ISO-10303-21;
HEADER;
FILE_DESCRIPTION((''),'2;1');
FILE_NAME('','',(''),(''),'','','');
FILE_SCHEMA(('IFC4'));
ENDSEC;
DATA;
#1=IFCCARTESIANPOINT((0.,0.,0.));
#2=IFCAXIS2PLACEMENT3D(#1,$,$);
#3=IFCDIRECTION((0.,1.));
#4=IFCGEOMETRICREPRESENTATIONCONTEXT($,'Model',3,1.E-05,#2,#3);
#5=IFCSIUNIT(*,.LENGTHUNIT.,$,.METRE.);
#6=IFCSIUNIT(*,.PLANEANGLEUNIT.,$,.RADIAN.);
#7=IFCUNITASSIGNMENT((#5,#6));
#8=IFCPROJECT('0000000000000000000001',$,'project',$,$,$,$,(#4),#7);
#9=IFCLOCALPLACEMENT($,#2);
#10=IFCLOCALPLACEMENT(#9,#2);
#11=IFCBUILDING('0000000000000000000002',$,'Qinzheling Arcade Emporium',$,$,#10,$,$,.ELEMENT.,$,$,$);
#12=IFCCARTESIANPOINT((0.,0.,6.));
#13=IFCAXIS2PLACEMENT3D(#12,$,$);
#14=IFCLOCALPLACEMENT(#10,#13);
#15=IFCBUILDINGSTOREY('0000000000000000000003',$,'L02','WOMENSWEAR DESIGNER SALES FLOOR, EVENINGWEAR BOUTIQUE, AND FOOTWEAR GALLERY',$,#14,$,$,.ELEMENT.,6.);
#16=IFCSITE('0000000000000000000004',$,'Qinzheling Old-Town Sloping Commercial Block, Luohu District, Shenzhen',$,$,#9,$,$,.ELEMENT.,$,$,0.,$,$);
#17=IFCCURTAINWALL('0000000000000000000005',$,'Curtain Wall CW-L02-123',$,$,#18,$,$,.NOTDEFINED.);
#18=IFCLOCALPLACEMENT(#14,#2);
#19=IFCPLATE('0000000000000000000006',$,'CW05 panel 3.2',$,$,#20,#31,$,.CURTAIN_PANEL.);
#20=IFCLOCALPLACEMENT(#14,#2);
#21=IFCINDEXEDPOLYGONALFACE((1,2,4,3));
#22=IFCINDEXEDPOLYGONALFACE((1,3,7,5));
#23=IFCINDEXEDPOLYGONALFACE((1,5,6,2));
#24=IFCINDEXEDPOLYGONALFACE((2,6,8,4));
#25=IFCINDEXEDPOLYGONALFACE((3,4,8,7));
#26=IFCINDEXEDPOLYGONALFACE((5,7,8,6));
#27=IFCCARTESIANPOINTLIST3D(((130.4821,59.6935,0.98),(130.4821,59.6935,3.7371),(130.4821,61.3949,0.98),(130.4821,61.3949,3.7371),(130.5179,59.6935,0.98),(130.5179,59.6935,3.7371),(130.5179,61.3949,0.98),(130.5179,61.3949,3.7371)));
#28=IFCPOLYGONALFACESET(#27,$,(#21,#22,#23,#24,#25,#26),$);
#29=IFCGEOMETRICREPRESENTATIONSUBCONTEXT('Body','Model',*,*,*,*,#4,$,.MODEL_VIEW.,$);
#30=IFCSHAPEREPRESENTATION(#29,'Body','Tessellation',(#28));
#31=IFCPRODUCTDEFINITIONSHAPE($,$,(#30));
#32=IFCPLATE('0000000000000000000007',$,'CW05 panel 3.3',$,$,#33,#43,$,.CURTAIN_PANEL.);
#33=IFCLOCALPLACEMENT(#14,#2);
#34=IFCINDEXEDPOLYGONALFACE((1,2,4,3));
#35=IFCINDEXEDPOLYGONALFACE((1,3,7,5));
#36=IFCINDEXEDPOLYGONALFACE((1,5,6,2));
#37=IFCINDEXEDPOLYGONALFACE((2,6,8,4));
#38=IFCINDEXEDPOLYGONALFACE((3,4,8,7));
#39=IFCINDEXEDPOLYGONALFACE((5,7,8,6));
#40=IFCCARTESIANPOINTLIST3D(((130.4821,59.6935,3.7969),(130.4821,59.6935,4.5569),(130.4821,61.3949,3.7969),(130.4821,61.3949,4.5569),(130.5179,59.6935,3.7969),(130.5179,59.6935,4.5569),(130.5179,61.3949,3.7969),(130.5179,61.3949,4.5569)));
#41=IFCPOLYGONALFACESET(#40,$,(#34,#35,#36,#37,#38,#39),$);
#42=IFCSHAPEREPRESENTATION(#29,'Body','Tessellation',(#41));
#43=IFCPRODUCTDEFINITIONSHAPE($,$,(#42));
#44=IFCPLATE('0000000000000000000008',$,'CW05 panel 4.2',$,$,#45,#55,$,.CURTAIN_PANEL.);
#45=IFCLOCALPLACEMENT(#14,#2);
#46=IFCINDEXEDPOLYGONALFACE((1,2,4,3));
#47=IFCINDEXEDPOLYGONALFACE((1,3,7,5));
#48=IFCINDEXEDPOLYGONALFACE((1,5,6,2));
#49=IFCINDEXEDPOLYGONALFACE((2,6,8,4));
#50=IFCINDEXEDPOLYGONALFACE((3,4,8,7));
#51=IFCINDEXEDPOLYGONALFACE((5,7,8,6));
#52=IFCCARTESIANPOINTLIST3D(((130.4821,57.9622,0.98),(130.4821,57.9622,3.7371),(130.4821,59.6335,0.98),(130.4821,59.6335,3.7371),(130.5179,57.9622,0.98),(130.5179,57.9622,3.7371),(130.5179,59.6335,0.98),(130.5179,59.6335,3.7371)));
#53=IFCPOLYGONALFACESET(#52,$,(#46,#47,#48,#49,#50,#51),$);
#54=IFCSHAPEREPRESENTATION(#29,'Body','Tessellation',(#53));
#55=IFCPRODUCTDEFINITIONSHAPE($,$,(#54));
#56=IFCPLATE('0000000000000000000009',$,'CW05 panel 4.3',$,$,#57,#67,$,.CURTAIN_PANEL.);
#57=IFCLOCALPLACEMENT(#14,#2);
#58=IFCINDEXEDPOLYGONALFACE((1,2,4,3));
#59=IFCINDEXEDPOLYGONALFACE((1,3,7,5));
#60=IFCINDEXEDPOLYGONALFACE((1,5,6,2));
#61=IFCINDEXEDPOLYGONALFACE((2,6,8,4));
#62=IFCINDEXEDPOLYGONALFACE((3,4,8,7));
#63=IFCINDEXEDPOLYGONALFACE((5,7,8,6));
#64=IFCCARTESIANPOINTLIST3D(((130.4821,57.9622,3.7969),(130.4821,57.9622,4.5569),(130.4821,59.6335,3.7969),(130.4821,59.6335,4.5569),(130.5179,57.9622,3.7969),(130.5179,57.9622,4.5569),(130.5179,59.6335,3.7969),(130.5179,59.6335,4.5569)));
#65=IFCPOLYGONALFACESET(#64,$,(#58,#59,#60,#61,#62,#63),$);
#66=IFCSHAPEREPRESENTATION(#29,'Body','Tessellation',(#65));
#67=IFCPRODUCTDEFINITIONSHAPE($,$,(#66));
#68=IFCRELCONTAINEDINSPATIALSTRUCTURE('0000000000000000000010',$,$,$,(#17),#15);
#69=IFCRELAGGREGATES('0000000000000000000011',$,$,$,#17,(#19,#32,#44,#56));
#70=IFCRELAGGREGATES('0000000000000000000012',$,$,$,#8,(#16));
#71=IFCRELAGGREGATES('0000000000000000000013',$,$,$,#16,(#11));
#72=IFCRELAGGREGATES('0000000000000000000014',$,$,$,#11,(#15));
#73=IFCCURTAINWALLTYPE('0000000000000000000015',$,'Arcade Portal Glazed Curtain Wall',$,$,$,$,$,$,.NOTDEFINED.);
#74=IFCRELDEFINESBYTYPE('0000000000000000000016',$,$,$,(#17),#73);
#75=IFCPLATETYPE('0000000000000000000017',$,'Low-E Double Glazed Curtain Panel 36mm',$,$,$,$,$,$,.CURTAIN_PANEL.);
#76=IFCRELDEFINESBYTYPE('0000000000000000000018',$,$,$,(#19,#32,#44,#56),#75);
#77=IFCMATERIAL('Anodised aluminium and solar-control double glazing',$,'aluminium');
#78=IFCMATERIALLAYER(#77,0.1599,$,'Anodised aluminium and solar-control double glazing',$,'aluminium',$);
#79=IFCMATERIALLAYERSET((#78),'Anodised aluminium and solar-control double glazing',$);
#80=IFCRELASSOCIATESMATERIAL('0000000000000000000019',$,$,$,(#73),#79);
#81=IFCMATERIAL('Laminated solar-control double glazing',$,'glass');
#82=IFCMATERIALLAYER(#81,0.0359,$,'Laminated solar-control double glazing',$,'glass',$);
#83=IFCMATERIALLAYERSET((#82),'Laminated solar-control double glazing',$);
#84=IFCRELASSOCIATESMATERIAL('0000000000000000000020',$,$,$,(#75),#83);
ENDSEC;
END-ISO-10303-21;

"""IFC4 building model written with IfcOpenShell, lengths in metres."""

from ifc_helpers import new_model, si_unit, direction, frame, origin, origin_2d, place, context, subcontext, project, spatial, rectangle, extrude, material, layer, layer_set, type_object, element, aggregate, save


model = new_model("IFC4")

# Units and contexts
model_context = context("Model", 3, precision=1e-05, world=origin(), true_north=direction((0.0, 1.0)))
body_context = subcontext(model_context, "Body", "Model", "MODEL_VIEW")
ifc_project = project(units=[si_unit("LENGTHUNIT", "METRE"), si_unit("PLANEANGLEUNIT", "RADIAN")], contexts=[model_context])

# Site, building, storey
site_placement = place(None, origin())
site = spatial("IfcSite", under=ifc_project, at=site_placement, Name="Qinzheling Old-Town Sloping Commercial Block, Luohu District, Shenzhen", CompositionType="ELEMENT", RefElevation=0.0)
building_placement = place(site_placement, origin())
building = spatial("IfcBuilding", under=site, at=building_placement, Name="Qinzheling Arcade Emporium", CompositionType="ELEMENT")
storey_placement = place(building_placement, frame((0.0, 0.0, 6.0)))
storey = spatial("IfcBuildingStorey", under=building, at=storey_placement, Name="L02", Description="WOMENSWEAR DESIGNER SALES FLOOR, EVENINGWEAR BOUTIQUE, AND FOOTWEAR GALLERY", CompositionType="ELEMENT", Elevation=6.0)

# Curtain wall, plates
ifc_material_1 = material(Name="Anodised aluminium and solar-control double glazing", Category="aluminium")
ifc_layer_1 = layer(ifc_material_1, 0.1599, Name="Anodised aluminium and solar-control double glazing", Category="aluminium")
ifc_layer_set_1 = layer_set([ifc_layer_1], Name="Anodised aluminium and solar-control double glazing")
curtain_wall_type = type_object("IfcCurtainWallType", Name="Arcade Portal Glazed Curtain Wall", PredefinedType="NOTDEFINED", material=ifc_layer_set_1)
curtain_wall_placement = place(storey_placement, origin())
curtain_wall = element("IfcCurtainWall", 1, at=curtain_wall_placement, inside=storey, type_object=curtain_wall_type, Name="Curtain Wall CW-L02-123", PredefinedType="NOTDEFINED")
ifc_material_2 = material(Name="Laminated solar-control double glazing", Category="glass")
ifc_layer_2 = layer(ifc_material_2, 0.0359, Name="Laminated solar-control double glazing", Category="glass")
ifc_layer_set_2 = layer_set([ifc_layer_2], Name="Laminated solar-control double glazing")
plate_type = type_object("IfcPlateType", Name="Low-E Double Glazed Curtain Panel 36mm", PredefinedType="CURTAIN_PANEL", material=ifc_layer_set_2)
plate_1_placement = place(storey_placement, frame((130.5, 60.5442, 0.98), z_axis=(0.0, 0.0, 1.0), x_axis=(0.0, -1.0, 0.0)))
plate_1 = element("IfcPlate", 2, at=plate_1_placement, type_object=plate_type, Name="CW05 panel 3.2", PredefinedType="CURTAIN_PANEL", context=body_context, shape_type="SweptSolid", body=[
    extrude(rectangle(XDim=1.7014, YDim=0.0359, at=origin_2d()), origin(), (0.0, 0.0, 1.0), 2.7571),
])
plate_2_placement = place(storey_placement, frame((130.5, 60.5442, 3.7969), z_axis=(0.0, 0.0, 1.0), x_axis=(0.0, -1.0, 0.0)))
plate_2 = element("IfcPlate", 3, at=plate_2_placement, type_object=plate_type, Name="CW05 panel 3.3", PredefinedType="CURTAIN_PANEL", context=body_context, shape_type="SweptSolid", body=[
    extrude(rectangle(XDim=1.7014, YDim=0.0359, at=origin_2d()), origin(), (0.0, 0.0, 1.0), 0.76),
])
plate_3_placement = place(storey_placement, frame((130.5, 58.7979, 0.98), z_axis=(0.0, 0.0, 1.0), x_axis=(0.0, -1.0, 0.0)))
plate_3 = element("IfcPlate", 4, at=plate_3_placement, type_object=plate_type, Name="CW05 panel 4.2", PredefinedType="CURTAIN_PANEL", context=body_context, shape_type="SweptSolid", body=[
    extrude(rectangle(XDim=1.6714, YDim=0.0359, at=origin_2d()), origin(), (0.0, 0.0, 1.0), 2.7571),
])
plate_4_placement = place(storey_placement, frame((130.5, 58.7979, 3.7969), z_axis=(0.0, 0.0, 1.0), x_axis=(0.0, -1.0, 0.0)))
plate_4 = element("IfcPlate", 5, at=plate_4_placement, type_object=plate_type, Name="CW05 panel 4.3", PredefinedType="CURTAIN_PANEL", context=body_context, shape_type="SweptSolid", body=[
    extrude(rectangle(XDim=1.6714, YDim=0.0359, at=origin_2d()), origin(), (0.0, 0.0, 1.0), 0.76),
])
aggregate(curtain_wall, [plate_1, plate_2, plate_3, plate_4])

save(model, "model.ifc")
